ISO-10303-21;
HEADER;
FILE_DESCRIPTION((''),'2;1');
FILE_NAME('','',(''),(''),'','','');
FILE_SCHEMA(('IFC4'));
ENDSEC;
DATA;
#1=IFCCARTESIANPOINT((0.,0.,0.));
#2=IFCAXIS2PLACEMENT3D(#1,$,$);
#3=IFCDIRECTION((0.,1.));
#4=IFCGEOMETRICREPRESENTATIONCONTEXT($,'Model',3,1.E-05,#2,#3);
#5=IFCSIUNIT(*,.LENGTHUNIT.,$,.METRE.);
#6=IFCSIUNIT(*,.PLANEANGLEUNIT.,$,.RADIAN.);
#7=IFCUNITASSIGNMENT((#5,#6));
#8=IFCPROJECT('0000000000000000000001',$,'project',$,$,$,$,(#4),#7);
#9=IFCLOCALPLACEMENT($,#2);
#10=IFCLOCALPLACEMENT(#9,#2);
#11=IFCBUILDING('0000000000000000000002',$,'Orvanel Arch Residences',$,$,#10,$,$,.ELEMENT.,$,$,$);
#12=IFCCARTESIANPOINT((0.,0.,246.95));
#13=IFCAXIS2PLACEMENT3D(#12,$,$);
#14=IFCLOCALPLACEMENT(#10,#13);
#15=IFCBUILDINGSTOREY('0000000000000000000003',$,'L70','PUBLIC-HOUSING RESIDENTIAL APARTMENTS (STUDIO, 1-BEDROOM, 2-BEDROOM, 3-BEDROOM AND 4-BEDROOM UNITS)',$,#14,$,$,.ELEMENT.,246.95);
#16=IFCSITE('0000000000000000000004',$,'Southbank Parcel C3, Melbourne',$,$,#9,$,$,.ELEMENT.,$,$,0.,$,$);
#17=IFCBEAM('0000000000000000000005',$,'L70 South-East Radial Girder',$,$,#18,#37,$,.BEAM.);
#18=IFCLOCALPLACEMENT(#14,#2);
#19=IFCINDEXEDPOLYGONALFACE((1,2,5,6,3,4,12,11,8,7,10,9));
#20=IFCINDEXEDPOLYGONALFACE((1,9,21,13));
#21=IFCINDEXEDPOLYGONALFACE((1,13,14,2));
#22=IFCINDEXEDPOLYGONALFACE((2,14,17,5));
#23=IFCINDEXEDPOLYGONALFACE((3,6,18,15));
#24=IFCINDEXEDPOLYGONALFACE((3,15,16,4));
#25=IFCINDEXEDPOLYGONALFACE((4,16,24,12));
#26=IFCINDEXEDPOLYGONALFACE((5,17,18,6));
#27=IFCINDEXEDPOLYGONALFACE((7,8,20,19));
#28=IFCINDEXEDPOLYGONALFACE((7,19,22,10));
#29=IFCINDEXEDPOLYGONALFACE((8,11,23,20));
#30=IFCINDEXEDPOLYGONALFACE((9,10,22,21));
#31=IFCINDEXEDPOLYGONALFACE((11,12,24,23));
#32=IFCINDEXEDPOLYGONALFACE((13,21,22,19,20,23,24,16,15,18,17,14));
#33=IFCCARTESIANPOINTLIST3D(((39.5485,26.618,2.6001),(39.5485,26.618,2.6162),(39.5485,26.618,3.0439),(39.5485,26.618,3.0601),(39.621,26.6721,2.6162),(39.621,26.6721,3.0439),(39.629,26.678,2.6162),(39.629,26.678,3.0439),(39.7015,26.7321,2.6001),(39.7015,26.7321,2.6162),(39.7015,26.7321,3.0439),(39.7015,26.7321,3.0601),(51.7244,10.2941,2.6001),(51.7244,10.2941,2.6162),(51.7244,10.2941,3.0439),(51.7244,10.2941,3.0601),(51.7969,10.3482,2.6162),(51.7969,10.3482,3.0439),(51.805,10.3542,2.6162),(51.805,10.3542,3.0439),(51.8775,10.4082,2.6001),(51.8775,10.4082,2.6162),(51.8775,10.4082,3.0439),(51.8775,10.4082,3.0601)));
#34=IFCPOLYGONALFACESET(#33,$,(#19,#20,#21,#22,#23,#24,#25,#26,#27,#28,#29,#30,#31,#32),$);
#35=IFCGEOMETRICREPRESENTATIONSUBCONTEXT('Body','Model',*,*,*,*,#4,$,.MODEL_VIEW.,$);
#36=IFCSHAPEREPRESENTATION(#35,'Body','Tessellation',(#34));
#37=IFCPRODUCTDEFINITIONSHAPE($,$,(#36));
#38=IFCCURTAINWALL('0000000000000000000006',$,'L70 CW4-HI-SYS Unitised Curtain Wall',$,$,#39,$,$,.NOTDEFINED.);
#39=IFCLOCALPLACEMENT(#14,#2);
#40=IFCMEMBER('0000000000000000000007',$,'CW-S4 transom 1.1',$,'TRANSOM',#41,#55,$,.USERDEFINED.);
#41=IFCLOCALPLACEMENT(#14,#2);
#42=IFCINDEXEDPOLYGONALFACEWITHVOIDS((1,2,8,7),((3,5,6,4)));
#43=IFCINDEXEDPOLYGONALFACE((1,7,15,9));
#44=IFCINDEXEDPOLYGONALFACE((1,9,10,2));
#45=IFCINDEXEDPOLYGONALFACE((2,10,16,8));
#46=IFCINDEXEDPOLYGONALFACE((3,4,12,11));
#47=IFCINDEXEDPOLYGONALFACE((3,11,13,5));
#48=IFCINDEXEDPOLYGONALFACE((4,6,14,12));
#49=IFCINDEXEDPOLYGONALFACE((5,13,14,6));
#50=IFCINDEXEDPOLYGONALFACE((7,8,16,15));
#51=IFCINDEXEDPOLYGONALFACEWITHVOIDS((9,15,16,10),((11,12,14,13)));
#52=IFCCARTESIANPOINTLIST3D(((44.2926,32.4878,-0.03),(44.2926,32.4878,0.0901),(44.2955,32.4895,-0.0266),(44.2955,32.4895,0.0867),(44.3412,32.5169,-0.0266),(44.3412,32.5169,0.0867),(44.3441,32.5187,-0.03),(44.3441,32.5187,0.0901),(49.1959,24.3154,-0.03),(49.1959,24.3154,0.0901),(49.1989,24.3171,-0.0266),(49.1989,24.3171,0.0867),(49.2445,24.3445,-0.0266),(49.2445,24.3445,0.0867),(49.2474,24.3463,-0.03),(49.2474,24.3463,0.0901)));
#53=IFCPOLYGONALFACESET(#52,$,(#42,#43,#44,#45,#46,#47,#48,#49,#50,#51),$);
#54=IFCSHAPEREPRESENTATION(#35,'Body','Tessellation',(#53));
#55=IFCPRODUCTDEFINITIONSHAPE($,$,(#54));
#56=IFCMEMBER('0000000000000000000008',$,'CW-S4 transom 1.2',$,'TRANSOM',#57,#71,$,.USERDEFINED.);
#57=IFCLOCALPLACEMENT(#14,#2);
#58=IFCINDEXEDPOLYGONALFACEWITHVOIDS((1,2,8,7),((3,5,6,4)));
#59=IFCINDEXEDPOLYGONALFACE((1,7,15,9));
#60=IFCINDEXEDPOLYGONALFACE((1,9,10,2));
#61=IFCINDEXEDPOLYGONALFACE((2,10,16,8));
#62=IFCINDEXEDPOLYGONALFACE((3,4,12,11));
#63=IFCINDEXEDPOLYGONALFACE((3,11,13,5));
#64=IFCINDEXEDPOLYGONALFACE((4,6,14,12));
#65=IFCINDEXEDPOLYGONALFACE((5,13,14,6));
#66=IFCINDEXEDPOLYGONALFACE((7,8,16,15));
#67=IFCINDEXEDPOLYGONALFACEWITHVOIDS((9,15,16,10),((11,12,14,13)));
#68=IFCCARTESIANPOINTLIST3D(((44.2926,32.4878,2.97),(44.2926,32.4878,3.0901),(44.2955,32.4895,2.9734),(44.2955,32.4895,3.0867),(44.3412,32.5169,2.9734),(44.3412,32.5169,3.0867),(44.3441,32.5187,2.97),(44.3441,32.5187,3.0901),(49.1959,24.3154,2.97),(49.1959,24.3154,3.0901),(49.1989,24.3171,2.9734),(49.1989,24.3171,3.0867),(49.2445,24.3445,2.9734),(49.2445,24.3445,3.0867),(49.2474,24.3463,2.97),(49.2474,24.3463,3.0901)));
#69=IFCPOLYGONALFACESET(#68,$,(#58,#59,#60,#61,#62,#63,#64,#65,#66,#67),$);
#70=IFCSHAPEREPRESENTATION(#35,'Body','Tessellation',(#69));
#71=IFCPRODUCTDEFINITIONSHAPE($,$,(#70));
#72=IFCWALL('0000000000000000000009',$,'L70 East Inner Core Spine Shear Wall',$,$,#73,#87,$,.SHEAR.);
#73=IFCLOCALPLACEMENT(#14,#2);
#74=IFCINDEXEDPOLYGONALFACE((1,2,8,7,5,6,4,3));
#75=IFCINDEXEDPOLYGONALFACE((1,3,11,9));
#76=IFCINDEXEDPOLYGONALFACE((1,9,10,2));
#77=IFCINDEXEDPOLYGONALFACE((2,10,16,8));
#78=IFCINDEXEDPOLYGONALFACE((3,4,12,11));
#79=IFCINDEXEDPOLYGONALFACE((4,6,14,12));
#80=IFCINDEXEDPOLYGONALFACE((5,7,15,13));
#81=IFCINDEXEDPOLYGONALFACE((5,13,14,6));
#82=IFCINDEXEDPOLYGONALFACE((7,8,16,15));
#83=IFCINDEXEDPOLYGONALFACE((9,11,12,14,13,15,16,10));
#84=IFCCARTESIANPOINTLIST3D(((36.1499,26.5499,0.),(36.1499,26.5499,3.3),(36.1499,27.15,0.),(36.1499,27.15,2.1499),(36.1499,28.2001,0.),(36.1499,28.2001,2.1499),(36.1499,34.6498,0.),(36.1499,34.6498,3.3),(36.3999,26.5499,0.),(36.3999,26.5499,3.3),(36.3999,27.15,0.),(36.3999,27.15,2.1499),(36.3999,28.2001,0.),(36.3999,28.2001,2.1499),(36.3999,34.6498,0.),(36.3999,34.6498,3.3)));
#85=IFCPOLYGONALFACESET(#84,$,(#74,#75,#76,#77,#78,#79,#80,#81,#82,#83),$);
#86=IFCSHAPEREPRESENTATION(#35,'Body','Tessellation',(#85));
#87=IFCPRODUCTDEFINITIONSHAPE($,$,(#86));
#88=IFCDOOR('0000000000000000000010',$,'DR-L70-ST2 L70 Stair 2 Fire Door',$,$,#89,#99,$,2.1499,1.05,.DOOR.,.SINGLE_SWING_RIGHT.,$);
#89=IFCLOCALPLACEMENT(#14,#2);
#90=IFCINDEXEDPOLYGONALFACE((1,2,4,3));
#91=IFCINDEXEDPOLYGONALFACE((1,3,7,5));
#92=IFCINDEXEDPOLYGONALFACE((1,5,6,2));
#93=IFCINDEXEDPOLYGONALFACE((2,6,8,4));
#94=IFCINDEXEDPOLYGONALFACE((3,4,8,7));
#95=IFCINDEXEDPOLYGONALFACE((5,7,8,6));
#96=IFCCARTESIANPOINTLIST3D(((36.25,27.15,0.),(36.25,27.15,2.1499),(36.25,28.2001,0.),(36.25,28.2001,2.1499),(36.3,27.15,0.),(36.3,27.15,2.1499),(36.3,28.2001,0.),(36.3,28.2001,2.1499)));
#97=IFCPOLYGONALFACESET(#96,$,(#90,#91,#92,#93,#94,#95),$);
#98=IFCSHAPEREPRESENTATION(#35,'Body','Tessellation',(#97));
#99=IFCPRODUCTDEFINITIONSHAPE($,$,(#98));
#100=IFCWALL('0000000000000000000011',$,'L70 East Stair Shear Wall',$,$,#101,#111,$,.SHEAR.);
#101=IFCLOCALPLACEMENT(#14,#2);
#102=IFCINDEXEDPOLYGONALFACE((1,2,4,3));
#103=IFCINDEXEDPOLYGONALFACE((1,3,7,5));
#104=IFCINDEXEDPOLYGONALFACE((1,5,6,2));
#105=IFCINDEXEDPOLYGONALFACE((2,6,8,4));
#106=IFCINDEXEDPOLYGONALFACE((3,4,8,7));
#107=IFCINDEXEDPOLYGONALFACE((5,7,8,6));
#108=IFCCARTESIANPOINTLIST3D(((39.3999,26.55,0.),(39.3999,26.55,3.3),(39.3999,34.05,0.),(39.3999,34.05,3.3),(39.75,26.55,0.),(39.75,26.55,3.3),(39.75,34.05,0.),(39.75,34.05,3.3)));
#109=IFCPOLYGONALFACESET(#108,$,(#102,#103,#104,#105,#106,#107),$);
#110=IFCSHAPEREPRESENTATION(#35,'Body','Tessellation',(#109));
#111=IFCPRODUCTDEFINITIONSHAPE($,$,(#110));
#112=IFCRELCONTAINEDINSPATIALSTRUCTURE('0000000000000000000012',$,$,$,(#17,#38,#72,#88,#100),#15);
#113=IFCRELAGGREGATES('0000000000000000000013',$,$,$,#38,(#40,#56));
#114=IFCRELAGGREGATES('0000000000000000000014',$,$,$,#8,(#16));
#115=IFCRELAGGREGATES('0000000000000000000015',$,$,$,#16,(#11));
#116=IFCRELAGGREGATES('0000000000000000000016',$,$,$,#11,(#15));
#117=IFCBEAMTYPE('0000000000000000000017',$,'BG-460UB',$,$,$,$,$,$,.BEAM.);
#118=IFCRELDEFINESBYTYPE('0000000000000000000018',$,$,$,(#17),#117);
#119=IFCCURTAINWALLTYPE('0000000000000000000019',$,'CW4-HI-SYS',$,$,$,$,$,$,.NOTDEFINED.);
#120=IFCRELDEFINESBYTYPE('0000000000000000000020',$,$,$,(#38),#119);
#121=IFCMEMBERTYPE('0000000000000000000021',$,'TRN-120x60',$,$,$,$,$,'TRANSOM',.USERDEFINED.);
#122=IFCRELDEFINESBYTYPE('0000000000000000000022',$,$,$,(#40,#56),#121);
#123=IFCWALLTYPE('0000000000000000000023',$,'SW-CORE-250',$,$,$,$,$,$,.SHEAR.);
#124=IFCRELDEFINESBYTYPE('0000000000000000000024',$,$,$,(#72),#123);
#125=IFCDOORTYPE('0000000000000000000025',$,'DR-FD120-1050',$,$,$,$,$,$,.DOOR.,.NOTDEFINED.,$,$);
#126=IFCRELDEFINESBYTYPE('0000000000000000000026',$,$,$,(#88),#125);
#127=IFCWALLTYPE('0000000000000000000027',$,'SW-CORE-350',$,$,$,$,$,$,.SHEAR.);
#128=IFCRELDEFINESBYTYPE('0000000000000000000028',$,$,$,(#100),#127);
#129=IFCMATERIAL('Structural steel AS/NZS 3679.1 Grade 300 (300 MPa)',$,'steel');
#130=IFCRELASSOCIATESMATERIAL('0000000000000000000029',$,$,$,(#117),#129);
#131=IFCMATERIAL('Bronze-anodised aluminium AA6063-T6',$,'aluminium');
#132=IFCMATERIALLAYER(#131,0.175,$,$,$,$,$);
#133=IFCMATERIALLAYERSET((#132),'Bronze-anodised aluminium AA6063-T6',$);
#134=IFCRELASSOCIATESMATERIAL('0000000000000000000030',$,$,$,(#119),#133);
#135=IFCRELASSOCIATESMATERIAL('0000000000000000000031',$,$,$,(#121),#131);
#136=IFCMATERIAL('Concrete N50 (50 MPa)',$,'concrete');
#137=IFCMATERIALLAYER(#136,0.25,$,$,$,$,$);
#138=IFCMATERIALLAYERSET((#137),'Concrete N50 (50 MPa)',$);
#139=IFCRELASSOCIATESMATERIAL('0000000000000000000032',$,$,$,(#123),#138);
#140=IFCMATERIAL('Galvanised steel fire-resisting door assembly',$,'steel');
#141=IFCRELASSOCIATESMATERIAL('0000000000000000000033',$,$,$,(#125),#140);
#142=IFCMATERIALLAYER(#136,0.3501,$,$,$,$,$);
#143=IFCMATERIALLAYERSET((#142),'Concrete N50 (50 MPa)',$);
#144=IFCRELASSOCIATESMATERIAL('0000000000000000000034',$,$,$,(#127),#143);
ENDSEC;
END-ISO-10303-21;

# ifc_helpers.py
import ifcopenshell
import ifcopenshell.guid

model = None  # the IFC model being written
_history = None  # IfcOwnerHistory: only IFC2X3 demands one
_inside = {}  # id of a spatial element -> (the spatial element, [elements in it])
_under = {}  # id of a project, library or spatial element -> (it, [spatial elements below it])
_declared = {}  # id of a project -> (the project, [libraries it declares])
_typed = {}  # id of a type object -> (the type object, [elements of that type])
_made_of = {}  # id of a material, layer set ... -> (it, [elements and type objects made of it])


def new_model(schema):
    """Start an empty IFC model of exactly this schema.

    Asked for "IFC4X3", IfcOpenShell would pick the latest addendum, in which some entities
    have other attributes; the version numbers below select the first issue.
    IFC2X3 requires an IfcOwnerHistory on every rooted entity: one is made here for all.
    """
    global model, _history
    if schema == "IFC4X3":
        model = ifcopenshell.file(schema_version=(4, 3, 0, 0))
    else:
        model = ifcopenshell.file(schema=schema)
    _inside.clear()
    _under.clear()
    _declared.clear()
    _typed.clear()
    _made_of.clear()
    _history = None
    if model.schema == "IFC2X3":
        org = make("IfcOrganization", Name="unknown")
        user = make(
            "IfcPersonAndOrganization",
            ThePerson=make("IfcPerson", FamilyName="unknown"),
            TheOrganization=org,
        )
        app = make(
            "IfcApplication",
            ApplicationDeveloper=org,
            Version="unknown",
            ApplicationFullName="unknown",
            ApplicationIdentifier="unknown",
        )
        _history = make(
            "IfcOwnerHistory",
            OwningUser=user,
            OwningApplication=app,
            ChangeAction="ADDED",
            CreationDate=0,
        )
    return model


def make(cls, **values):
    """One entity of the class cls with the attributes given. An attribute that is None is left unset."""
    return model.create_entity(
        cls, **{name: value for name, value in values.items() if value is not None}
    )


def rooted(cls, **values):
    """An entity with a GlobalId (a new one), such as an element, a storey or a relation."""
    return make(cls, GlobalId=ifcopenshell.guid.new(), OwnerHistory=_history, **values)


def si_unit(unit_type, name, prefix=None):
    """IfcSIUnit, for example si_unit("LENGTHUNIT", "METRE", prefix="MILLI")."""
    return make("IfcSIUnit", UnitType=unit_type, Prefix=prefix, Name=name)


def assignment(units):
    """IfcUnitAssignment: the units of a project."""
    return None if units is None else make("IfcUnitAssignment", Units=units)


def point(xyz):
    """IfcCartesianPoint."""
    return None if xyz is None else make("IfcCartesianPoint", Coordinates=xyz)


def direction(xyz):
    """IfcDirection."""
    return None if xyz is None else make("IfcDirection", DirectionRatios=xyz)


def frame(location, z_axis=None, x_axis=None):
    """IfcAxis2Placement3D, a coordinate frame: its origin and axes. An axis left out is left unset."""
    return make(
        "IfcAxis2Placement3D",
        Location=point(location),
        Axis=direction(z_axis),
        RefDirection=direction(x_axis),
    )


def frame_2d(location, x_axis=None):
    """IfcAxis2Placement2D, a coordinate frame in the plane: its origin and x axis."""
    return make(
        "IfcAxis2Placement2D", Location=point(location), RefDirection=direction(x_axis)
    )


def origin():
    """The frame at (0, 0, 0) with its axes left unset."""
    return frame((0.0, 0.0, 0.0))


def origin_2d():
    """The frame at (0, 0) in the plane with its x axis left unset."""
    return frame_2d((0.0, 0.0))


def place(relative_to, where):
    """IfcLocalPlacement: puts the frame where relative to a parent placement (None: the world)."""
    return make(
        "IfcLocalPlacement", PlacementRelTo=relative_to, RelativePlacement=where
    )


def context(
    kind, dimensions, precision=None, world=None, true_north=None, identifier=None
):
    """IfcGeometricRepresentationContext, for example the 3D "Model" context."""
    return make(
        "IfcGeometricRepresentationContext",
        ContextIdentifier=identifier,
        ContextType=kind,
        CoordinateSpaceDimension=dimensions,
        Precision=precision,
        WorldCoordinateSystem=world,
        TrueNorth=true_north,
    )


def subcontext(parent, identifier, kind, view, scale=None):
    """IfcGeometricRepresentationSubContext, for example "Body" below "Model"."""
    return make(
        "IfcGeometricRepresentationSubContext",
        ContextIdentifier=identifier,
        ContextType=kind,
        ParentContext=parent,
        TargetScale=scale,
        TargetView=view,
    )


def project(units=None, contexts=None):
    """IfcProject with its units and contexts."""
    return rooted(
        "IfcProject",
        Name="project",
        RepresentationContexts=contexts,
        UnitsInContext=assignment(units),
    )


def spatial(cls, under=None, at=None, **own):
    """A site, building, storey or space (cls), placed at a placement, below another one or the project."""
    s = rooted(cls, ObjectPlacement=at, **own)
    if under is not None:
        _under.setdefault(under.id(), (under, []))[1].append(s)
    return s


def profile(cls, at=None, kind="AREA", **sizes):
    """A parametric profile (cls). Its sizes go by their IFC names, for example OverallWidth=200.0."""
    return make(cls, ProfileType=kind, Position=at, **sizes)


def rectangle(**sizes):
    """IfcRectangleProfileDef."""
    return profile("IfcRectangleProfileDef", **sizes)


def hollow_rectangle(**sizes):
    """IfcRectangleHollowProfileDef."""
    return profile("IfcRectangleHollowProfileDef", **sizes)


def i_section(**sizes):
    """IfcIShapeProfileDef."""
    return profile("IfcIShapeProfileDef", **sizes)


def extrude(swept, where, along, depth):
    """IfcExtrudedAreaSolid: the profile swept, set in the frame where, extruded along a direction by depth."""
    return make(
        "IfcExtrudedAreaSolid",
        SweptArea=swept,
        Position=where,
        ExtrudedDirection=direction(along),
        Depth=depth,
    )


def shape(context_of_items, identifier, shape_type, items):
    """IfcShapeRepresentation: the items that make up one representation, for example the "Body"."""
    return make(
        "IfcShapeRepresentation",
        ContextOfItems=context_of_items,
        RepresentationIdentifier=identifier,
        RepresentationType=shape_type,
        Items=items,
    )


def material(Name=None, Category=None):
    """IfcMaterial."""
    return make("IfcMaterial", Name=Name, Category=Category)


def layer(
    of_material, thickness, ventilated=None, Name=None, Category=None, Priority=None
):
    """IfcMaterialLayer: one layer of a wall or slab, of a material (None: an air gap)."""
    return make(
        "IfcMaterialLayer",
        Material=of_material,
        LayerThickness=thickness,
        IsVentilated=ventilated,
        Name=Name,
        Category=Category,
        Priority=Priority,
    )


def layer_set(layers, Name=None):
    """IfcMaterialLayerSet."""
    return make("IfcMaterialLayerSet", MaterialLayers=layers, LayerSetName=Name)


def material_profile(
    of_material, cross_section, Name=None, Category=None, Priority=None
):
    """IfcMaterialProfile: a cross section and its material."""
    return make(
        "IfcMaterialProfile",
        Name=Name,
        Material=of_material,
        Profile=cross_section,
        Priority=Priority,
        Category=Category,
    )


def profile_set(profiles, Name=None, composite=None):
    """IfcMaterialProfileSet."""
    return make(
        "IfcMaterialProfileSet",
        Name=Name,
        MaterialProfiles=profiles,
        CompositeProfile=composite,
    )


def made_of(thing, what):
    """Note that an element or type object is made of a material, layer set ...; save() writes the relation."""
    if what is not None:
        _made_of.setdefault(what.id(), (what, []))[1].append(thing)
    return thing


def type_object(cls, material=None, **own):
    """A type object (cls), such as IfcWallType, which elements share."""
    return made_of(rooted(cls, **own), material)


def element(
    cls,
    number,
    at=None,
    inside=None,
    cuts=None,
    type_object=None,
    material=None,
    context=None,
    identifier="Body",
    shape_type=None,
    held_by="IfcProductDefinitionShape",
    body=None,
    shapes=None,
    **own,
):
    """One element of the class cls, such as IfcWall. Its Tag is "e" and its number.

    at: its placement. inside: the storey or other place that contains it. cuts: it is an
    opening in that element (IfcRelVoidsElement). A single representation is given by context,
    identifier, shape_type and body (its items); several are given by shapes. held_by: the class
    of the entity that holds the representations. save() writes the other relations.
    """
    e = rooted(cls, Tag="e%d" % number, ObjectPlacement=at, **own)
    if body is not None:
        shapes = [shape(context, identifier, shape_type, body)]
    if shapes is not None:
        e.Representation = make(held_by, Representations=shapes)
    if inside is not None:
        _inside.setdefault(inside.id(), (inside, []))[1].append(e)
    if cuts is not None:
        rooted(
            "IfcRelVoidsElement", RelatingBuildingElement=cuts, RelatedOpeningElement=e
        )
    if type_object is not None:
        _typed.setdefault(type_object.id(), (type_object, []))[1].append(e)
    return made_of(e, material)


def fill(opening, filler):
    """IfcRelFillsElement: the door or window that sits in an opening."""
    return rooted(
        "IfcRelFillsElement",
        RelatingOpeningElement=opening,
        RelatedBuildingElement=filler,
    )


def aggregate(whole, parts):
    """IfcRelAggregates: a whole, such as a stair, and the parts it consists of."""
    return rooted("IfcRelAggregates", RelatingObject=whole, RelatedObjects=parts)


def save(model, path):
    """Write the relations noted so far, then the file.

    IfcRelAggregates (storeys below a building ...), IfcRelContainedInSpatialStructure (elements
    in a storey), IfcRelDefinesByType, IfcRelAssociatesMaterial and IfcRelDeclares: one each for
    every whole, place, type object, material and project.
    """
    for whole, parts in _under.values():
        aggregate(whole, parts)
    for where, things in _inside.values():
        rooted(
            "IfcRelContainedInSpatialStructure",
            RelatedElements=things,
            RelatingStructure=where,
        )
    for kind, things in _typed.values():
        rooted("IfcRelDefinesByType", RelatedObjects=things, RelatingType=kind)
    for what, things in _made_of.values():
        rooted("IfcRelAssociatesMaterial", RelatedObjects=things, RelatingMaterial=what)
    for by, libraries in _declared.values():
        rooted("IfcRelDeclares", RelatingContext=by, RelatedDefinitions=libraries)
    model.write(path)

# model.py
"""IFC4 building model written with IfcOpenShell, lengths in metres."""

from ifc_helpers import new_model, si_unit, direction, frame, frame_2d, origin, origin_2d, place, context, subcontext, project, spatial, rectangle, hollow_rectangle, i_section, extrude, material, layer, layer_set, material_profile, profile_set, type_object, element, fill, aggregate, save


model = new_model("IFC4")

# Units and contexts
model_context = context("Model", 3, precision=1e-05, world=origin(), true_north=direction((0.0, 1.0)))
body_context = subcontext(model_context, "Body", "Model", "MODEL_VIEW")
ifc_project = project(units=[si_unit("LENGTHUNIT", "METRE"), si_unit("PLANEANGLEUNIT", "RADIAN")], contexts=[model_context])

# Site, building, storey
site_placement = place(None, origin())
site = spatial("IfcSite", under=ifc_project, at=site_placement, Name="Southbank Parcel C3, Melbourne", CompositionType="ELEMENT", RefElevation=0.0)
building_placement = place(site_placement, origin())
building = spatial("IfcBuilding", under=site, at=building_placement, Name="Orvanel Arch Residences", CompositionType="ELEMENT")
storey_placement = place(building_placement, frame((0.0, 0.0, 246.95)))
storey = spatial("IfcBuildingStorey", under=building, at=storey_placement, Name="L70", Description="PUBLIC-HOUSING RESIDENTIAL APARTMENTS (STUDIO, 1-BEDROOM, 2-BEDROOM, 3-BEDROOM AND 4-BEDROOM UNITS)", CompositionType="ELEMENT", Elevation=246.95)

# Beam
ifc_material_1 = material(Name="Structural steel AS/NZS 3679.1 Grade 300 (300 MPa)", Category="steel")
ifc_material_profile_1 = material_profile(ifc_material_1, i_section(OverallWidth=0.1909, OverallDepth=0.46, WebThickness=0.01, FlangeThickness=0.0161, at=origin_2d()), Name="460UB82.1")
ifc_profile_set_1 = profile_set([ifc_material_profile_1], Name="Structural steel AS/NZS 3679.1 Grade 300 (300 MPa)")
beam_type = type_object("IfcBeamType", Name="BG-460UB", PredefinedType="BEAM", material=ifc_profile_set_1)
beam_placement = place(storey_placement, frame((39.625, 26.675, 2.8301), z_axis=(0.597894, -0.801575, 0.0), x_axis=(0.801575, 0.597894, 0.0)))
element("IfcBeam", 1, at=beam_placement, inside=storey, type_object=beam_type, Name="L70 South-East Radial Girder", PredefinedType="BEAM", context=body_context, shape_type="SweptSolid", body=[
    extrude(i_section(OverallWidth=0.1909, OverallDepth=0.46, WebThickness=0.01, FlangeThickness=0.0161, at=origin_2d()), origin(), (0.0, 0.0, 1.0), 20.3647),
])

# Curtain wall, members
ifc_material_2 = material(Name="Bronze-anodised aluminium AA6063-T6", Category="aluminium")
ifc_layer_1 = layer(ifc_material_2, 0.175)
ifc_layer_set_1 = layer_set([ifc_layer_1], Name="Bronze-anodised aluminium AA6063-T6")
curtain_wall_type = type_object("IfcCurtainWallType", Name="CW4-HI-SYS", PredefinedType="NOTDEFINED", material=ifc_layer_set_1)
curtain_wall_placement = place(storey_placement, origin())
curtain_wall = element("IfcCurtainWall", 2, at=curtain_wall_placement, inside=storey, type_object=curtain_wall_type, Name="L70 CW4-HI-SYS Unitised Curtain Wall", PredefinedType="NOTDEFINED")
ifc_material_profile_2 = material_profile(ifc_material_2, hollow_rectangle(XDim=0.0601, YDim=0.1201, WallThickness=0.0034, at=origin_2d()), Name="ALU120x60x3.5")
ifc_profile_set_2 = profile_set([ifc_material_profile_2], Name="Bronze-anodised aluminium AA6063-T6")
member_type = type_object("IfcMemberType", Name="TRN-120x60", ElementType="TRANSOM", PredefinedType="USERDEFINED", material=ifc_profile_set_2)
member_1_placement = place(storey_placement, frame((49.2217, 24.3308, 0.03), z_axis=(-0.514488, 0.857497, 0.0), x_axis=(-0.857497, -0.514488, 0.0)))
member_1 = element("IfcMember", 3, at=member_1_placement, type_object=member_type, Name="CW-S4 transom 1.1", ObjectType="TRANSOM", PredefinedType="USERDEFINED", context=body_context, shape_type="SweptSolid", body=[
    extrude(hollow_rectangle(XDim=0.0601, YDim=0.1201, WallThickness=0.0034, at=origin_2d()), origin(), (0.0, 0.0, 1.0), 9.5305),
])
member_2_placement = place(storey_placement, frame((49.2217, 24.3308, 3.03), z_axis=(-0.514488, 0.857497, 0.0), x_axis=(-0.857497, -0.514488, 0.0)))
member_2 = element("IfcMember", 4, at=member_2_placement, type_object=member_type, Name="CW-S4 transom 1.2", ObjectType="TRANSOM", PredefinedType="USERDEFINED", context=body_context, shape_type="SweptSolid", body=[
    extrude(hollow_rectangle(XDim=0.0601, YDim=0.1201, WallThickness=0.0034, at=origin_2d()), origin(), (0.0, 0.0, 1.0), 9.5305),
])
aggregate(curtain_wall, [member_1, member_2])

# Wall, opening, door
ifc_material_3 = material(Name="Concrete N50 (50 MPa)", Category="concrete")
ifc_layer_2 = layer(ifc_material_3, 0.25)
ifc_layer_set_2 = layer_set([ifc_layer_2], Name="Concrete N50 (50 MPa)")
wall_type_1 = type_object("IfcWallType", Name="SW-CORE-250", PredefinedType="SHEAR", material=ifc_layer_set_2)
wall_1_placement = place(storey_placement, frame((36.2749, 26.55, 0.0), z_axis=(0.0, 0.0, 1.0), x_axis=(0.0, 1.0, 0.0)))
wall_1 = element("IfcWall", 5, at=wall_1_placement, inside=storey, type_object=wall_type_1, Name="L70 East Inner Core Spine Shear Wall", PredefinedType="SHEAR", context=body_context, shape_type="SweptSolid", body=[
    extrude(rectangle(XDim=8.0999, YDim=0.25, at=frame_2d((4.0498, 0.0))), origin(), (0.0, 0.0, 1.0), 3.3),
])
opening_1_placement = place(wall_1_placement, frame((0.6001, 0.0, 0.0)))
opening_1 = element("IfcOpeningElement", 6, at=opening_1_placement, cuts=wall_1, PredefinedType="OPENING", context=body_context, shape_type="SweptSolid", body=[
    extrude(rectangle(XDim=1.05, YDim=2.1499, at=frame_2d((0.5249, 1.075))), frame((0.0, 0.135, 0.0), z_axis=(0.0, -1.0, 0.0), x_axis=(1.0, 0.0, 0.0)), (0.0, 0.0, 1.0), 0.27),
])
ifc_material_4 = material(Name="Galvanised steel fire-resisting door assembly", Category="steel")
door_type_1 = type_object("IfcDoorType", Name="DR-FD120-1050", OperationType="NOTDEFINED", PredefinedType="DOOR", material=ifc_material_4)
door_1_placement = place(opening_1_placement, origin())
door_1 = element("IfcDoor", 7, at=door_1_placement, inside=storey, type_object=door_type_1, Name="DR-L70-ST2 L70 Stair 2 Fire Door", OperationType="SINGLE_SWING_RIGHT", OverallHeight=2.1499, OverallWidth=1.05, PredefinedType="DOOR", context=body_context, shape_type="SweptSolid", body=[
    extrude(rectangle(XDim=1.05, YDim=2.1499, at=frame_2d((0.5249, 1.075))), frame((0.0, 0.0249, 0.0), z_axis=(0.0, -1.0, 0.0), x_axis=(1.0, 0.0, 0.0)), (0.0, 0.0, 1.0), 0.05),
])
fill(opening_1, door_1)

# Wall
ifc_layer_3 = layer(ifc_material_3, 0.3501)
ifc_layer_set_3 = layer_set([ifc_layer_3], Name="Concrete N50 (50 MPa)")
wall_type_2 = type_object("IfcWallType", Name="SW-CORE-350", PredefinedType="SHEAR", material=ifc_layer_set_3)
wall_2_placement = place(storey_placement, frame((39.575, 26.55, 0.0), z_axis=(0.0, 0.0, 1.0), x_axis=(0.0, 1.0, 0.0)))
element("IfcWall", 8, at=wall_2_placement, inside=storey, type_object=wall_type_2, Name="L70 East Stair Shear Wall", PredefinedType="SHEAR", context=body_context, shape_type="SweptSolid", body=[
    extrude(rectangle(XDim=7.5, YDim=0.3501, at=frame_2d((3.75, 0.0))), origin(), (0.0, 0.0, 1.0), 3.3),
])

save(model, "model.ifc")
